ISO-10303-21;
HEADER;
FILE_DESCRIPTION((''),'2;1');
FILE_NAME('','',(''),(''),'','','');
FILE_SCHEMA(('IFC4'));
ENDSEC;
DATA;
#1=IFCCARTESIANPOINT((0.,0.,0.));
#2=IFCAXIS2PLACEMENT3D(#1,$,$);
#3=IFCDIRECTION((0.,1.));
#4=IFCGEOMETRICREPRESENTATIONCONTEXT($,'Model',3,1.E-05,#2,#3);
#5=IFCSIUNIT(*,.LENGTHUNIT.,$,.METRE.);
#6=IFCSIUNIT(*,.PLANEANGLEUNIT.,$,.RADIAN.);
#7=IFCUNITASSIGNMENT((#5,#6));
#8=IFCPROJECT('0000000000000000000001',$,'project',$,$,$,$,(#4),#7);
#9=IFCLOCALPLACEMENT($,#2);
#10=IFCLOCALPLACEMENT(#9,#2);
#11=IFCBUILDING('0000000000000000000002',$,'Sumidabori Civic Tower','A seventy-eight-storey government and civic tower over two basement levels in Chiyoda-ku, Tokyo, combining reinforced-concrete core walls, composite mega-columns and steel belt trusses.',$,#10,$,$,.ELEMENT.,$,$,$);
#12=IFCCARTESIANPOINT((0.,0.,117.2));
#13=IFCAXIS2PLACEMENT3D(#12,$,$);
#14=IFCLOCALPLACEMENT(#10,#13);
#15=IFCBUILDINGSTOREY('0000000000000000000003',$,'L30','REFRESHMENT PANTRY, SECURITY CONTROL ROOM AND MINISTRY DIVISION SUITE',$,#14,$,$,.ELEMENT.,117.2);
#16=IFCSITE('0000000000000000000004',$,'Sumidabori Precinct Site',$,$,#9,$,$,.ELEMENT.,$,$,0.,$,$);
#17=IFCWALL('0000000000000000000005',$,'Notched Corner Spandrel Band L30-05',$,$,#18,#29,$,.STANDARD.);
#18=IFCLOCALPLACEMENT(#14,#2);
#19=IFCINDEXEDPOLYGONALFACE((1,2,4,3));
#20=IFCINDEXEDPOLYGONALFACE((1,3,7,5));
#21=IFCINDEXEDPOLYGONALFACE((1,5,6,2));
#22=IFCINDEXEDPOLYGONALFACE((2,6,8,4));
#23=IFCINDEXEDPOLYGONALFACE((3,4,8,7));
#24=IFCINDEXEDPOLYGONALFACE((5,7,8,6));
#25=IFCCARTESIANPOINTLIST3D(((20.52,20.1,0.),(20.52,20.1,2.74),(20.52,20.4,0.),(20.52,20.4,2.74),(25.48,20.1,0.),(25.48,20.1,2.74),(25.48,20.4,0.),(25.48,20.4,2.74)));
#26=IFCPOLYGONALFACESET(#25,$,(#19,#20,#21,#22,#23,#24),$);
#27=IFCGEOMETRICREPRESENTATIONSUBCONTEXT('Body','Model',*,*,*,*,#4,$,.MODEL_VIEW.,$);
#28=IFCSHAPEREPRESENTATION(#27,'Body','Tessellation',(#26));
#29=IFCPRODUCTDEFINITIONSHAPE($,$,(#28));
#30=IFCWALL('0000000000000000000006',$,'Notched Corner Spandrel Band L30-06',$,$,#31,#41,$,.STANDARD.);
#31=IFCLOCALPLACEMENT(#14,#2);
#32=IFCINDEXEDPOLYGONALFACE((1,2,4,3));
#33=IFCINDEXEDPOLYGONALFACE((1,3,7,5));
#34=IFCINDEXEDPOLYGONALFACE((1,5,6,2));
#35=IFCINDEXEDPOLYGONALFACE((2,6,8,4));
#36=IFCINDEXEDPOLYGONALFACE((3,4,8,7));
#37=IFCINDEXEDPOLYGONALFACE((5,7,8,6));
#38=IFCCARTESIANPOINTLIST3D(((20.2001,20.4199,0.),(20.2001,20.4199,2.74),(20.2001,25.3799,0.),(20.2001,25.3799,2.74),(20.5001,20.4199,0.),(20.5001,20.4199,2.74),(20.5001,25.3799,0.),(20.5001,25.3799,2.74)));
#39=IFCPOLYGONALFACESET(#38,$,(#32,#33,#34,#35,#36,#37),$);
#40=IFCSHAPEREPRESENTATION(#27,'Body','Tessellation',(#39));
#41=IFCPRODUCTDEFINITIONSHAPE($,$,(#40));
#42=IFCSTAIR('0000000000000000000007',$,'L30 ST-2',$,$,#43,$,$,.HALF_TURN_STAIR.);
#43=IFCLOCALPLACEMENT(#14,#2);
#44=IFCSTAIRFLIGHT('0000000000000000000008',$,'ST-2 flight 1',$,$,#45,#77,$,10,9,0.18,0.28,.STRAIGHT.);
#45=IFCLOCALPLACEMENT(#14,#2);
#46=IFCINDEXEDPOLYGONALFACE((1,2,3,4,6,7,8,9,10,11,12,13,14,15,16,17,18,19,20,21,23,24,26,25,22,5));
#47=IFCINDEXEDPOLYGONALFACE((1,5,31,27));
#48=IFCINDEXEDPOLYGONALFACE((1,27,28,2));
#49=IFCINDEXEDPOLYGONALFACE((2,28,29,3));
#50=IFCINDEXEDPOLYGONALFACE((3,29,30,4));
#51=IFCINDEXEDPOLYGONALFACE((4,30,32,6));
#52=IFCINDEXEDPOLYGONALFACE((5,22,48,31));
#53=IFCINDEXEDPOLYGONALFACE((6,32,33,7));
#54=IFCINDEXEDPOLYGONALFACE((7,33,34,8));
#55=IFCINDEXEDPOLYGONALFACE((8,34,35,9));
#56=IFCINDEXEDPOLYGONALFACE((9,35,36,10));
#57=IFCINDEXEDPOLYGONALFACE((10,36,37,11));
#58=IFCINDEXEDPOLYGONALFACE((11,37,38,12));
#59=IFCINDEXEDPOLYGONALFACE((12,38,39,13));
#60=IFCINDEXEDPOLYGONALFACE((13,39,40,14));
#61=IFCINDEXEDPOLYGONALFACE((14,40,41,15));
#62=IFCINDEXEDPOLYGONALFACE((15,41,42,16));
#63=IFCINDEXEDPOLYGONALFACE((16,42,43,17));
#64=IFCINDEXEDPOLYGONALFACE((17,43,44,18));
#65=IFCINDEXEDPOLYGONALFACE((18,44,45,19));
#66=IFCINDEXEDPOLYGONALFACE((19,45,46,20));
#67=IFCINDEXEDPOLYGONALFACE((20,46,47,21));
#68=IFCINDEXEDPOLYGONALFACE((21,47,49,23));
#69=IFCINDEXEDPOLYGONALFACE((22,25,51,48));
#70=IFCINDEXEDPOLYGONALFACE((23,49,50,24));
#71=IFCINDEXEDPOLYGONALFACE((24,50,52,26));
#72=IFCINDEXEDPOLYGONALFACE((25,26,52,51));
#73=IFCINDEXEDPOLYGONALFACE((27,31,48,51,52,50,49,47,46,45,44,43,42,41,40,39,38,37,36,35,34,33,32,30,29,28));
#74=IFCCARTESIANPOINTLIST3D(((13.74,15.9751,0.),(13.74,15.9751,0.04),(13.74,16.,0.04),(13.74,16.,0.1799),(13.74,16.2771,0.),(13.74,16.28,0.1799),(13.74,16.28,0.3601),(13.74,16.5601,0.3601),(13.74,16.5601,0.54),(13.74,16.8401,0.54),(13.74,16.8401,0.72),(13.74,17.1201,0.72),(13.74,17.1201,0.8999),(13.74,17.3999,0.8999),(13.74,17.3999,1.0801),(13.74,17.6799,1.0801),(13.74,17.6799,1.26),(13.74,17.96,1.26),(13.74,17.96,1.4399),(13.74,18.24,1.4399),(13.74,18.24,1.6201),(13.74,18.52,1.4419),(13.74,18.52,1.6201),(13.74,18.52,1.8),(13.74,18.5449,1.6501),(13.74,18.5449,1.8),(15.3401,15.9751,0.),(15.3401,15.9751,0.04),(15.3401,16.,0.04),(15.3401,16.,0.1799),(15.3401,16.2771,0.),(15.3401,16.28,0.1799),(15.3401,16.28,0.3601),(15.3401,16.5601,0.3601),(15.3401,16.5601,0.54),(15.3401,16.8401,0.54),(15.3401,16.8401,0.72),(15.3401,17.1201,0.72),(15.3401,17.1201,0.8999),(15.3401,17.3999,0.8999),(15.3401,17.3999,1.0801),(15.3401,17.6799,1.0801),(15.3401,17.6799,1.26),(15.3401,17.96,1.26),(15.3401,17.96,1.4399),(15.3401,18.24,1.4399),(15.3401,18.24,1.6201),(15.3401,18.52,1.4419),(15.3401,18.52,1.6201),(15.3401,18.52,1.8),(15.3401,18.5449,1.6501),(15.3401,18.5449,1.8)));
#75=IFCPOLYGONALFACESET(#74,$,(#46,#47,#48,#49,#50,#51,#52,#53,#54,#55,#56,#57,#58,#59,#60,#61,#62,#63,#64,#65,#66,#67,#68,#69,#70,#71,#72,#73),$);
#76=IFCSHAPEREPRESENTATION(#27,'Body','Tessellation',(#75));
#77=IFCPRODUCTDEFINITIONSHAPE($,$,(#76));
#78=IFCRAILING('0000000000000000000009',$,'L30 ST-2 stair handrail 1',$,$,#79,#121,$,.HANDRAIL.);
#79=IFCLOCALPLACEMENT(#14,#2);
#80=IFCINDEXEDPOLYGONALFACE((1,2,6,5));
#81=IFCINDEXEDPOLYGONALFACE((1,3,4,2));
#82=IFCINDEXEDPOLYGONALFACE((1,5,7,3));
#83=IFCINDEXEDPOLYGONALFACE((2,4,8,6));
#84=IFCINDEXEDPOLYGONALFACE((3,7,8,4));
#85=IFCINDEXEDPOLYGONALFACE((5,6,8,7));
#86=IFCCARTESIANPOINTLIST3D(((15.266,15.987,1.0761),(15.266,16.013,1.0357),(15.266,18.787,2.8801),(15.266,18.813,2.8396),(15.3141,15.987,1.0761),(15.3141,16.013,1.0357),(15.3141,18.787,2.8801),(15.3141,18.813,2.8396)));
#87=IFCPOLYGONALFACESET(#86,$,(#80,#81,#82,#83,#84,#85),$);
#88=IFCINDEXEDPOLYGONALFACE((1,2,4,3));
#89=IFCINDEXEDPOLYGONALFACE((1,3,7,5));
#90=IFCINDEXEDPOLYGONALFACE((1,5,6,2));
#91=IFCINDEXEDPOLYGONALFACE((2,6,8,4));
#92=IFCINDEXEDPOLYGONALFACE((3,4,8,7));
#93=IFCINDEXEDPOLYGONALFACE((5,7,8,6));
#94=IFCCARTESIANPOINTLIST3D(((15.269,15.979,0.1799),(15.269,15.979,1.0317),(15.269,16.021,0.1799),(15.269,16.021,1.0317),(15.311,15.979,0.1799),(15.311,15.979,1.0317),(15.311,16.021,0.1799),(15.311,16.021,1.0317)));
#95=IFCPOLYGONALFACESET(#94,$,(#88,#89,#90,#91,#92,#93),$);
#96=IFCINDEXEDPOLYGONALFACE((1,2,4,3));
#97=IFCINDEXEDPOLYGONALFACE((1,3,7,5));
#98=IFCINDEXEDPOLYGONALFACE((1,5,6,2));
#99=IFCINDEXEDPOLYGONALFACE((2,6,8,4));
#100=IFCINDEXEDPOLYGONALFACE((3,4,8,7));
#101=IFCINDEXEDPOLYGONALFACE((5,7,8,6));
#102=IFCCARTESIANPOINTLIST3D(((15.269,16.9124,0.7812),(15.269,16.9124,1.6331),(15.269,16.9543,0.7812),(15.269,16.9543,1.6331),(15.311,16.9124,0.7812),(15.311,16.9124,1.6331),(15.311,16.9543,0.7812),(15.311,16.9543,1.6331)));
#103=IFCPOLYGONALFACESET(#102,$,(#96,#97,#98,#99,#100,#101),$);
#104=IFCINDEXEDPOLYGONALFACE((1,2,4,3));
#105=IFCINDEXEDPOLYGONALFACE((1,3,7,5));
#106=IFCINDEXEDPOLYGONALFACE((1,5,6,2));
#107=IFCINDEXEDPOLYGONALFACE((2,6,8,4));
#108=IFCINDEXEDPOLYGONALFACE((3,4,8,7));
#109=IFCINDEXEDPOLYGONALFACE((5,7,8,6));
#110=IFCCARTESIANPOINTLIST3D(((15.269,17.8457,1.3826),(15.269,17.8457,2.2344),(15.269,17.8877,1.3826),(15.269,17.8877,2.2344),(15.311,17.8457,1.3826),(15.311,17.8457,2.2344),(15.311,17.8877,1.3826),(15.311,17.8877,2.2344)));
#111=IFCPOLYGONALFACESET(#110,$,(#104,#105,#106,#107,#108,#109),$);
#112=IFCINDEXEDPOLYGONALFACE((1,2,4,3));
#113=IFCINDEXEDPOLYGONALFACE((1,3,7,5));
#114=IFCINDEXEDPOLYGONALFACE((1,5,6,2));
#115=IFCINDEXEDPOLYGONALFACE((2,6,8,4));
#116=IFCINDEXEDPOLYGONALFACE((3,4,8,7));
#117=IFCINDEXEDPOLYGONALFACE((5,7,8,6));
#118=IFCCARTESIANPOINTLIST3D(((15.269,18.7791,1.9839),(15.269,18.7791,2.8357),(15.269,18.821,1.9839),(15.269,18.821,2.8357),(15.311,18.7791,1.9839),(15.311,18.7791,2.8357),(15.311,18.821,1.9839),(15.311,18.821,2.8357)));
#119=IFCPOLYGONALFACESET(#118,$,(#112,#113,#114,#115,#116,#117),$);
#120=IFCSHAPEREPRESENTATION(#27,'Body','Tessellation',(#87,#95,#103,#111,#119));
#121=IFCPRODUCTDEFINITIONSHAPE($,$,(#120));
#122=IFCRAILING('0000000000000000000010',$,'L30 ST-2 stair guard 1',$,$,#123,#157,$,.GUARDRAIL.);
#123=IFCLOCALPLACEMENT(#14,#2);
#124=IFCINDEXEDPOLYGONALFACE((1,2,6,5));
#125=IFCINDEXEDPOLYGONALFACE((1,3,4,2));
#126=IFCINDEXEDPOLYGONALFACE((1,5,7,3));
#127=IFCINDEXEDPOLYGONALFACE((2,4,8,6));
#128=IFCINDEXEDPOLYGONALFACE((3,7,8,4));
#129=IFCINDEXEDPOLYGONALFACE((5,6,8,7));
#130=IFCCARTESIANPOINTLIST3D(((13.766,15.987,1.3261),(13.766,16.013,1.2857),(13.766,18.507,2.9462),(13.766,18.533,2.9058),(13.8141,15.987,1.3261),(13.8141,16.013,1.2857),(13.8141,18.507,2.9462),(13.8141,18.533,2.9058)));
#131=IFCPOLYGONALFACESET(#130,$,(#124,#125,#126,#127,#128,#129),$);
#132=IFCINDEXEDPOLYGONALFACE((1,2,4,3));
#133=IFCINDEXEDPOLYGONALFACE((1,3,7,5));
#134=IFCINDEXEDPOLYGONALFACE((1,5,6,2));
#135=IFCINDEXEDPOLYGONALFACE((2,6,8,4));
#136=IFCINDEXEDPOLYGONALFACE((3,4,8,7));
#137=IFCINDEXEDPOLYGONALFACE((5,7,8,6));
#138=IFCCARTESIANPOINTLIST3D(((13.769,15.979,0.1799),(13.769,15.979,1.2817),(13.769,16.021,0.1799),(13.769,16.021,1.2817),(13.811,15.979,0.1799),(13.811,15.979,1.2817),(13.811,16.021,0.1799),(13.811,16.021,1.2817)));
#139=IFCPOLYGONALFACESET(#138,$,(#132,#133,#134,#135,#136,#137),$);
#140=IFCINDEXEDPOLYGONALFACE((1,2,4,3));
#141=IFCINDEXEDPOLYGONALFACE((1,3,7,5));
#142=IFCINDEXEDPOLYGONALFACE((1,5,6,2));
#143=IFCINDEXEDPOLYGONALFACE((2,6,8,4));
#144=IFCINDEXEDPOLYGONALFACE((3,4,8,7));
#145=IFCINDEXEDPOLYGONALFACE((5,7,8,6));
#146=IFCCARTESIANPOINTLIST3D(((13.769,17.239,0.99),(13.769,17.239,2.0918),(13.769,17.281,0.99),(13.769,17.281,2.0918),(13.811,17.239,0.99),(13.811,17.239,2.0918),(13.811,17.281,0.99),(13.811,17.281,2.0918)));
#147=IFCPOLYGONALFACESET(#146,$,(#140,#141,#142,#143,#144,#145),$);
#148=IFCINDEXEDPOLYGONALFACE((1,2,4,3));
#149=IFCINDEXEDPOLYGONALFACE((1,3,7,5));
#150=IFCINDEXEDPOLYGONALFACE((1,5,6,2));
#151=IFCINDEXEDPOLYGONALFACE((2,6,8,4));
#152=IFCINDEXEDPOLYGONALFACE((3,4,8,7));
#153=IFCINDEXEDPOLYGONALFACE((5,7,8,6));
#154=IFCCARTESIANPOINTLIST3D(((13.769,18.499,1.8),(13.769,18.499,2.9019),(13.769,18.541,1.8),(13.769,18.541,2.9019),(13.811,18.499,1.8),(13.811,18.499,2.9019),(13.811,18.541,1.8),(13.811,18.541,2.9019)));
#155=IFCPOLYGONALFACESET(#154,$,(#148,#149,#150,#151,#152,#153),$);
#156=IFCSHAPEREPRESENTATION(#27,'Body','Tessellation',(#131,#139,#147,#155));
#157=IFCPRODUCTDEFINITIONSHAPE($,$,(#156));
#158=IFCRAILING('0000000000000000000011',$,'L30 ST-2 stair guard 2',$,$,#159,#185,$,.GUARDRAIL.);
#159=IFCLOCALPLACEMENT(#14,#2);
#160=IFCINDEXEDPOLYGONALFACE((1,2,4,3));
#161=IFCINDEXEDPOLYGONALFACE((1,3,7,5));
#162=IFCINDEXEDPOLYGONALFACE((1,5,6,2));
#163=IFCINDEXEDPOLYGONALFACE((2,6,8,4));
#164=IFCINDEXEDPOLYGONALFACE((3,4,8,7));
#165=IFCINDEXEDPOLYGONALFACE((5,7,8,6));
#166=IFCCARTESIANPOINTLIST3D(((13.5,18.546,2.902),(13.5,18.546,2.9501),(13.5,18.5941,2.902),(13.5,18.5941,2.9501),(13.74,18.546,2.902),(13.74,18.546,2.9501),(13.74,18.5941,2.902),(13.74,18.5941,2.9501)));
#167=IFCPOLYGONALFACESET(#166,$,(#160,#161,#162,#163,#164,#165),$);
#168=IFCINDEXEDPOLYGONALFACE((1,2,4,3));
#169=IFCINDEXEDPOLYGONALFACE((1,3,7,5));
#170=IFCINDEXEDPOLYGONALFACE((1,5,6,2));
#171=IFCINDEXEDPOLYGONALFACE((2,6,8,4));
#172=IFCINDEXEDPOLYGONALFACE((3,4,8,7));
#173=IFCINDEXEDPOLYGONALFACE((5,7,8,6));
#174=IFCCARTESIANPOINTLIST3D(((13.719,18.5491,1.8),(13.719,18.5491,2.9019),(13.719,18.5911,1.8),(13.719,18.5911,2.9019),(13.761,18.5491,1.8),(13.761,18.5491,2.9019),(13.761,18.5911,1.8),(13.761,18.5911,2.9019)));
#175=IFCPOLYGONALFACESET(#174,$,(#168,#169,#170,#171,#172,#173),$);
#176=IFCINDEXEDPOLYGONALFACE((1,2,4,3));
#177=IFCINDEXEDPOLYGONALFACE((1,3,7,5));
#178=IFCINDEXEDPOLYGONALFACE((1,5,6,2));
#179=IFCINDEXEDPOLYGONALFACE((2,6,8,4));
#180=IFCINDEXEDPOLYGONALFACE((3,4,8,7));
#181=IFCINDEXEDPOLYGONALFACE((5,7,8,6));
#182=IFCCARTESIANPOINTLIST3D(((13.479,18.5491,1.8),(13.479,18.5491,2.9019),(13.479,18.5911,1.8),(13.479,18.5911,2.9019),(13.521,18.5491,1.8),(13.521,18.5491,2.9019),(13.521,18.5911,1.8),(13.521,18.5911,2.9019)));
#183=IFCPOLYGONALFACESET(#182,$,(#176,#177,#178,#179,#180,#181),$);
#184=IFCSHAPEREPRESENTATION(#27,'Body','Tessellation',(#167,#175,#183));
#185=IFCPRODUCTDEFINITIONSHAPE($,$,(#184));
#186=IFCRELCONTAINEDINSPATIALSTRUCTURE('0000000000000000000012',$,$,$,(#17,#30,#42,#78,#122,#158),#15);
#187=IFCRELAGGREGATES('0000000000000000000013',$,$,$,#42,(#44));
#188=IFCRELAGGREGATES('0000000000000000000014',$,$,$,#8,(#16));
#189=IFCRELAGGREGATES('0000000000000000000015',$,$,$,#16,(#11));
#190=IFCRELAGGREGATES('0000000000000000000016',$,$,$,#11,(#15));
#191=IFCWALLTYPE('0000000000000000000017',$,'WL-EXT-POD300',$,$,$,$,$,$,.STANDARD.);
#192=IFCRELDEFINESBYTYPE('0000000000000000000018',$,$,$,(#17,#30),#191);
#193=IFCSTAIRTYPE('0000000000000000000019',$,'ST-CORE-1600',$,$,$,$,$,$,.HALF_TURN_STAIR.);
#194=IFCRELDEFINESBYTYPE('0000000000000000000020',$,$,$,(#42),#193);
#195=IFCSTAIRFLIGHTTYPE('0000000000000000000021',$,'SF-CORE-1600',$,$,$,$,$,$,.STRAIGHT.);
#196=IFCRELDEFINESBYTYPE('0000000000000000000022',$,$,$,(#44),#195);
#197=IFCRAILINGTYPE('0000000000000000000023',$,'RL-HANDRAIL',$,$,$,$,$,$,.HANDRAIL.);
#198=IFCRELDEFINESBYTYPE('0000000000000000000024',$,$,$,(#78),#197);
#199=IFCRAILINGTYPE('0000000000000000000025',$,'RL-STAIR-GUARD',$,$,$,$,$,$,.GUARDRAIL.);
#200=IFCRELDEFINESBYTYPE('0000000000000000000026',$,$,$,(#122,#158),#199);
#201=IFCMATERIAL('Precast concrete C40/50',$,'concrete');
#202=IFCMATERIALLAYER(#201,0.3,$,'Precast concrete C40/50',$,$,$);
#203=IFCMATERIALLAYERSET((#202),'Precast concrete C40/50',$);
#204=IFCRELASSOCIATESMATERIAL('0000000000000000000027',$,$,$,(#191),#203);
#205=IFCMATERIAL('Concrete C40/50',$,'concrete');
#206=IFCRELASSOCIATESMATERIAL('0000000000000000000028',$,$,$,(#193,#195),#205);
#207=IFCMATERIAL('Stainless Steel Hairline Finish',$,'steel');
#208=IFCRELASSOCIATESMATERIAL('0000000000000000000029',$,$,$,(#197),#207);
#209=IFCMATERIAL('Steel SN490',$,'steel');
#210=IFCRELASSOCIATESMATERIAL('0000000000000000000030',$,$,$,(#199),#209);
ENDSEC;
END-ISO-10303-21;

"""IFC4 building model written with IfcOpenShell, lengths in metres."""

from ifc_helpers import new_model, si_unit, direction, frame, frame_2d, origin, origin_2d, place, context, subcontext, project, spatial, polyline, rectangle, outline, extrude, source, transform, mapped, material, layer, layer_set, type_object, element, aggregate, save


model = new_model("IFC4")

# Units and contexts
model_context = context("Model", 3, precision=1e-05, world=origin(), true_north=direction((0.0, 1.0)))
body_context = subcontext(model_context, "Body", "Model", "MODEL_VIEW")
ifc_project = project(units=[si_unit("LENGTHUNIT", "METRE"), si_unit("PLANEANGLEUNIT", "RADIAN")], contexts=[model_context])

# Site, building, storey
site_placement = place(None, origin())
site = spatial("IfcSite", under=ifc_project, at=site_placement, Name="Sumidabori Precinct Site", CompositionType="ELEMENT", RefElevation=0.0)
building_placement = place(site_placement, origin())
building = spatial("IfcBuilding", under=site, at=building_placement, Name="Sumidabori Civic Tower", Description="A seventy-eight-storey government and civic tower over two basement levels in Chiyoda-ku, Tokyo, combining reinforced-concrete core walls, composite mega-columns and steel belt trusses.", CompositionType="ELEMENT")
storey_placement = place(building_placement, frame((0.0, 0.0, 117.2)))
storey = spatial("IfcBuildingStorey", under=building, at=storey_placement, Name="L30", Description="REFRESHMENT PANTRY, SECURITY CONTROL ROOM AND MINISTRY DIVISION SUITE", CompositionType="ELEMENT", Elevation=117.2)

# Walls
ifc_material_1 = material(Name="Precast concrete C40/50", Category="concrete")
ifc_layer_1 = layer(ifc_material_1, 0.3, Name="Precast concrete C40/50")
ifc_layer_set_1 = layer_set([ifc_layer_1], Name="Precast concrete C40/50")
wall_type = type_object("IfcWallType", Name="WL-EXT-POD300", PredefinedType="STANDARD", material=ifc_layer_set_1)
shared_shape_1 = source(origin(), body_context, "Body", "SweptSolid", [
    extrude(rectangle(XDim=4.96, YDim=0.3, at=frame_2d((2.48, 0.0))), origin(), (0.0, 0.0, 1.0), 2.74),
])
for number, where, z_axis, x_axis, name in (
    (1, (25.48, 20.25, 0.0), (0.0, 0.0, 1.0), (-1.0, 0.0, 0.0), "Notched Corner Spandrel Band L30-05"),
    (2, (20.3501, 20.4199, 0.0), (0.0, 0.0, 1.0), (0.0, 1.0, 0.0), "Notched Corner Spandrel Band L30-06"),
):
    element("IfcWall", number, at=place(storey_placement, frame(where, z_axis=z_axis, x_axis=x_axis)), inside=storey, type_object=wall_type, Name=name, PredefinedType="STANDARD", context=body_context, shape_type="MappedRepresentation", body=[
        mapped(shared_shape_1, transform((0.0, 0.0, 0.0), x_axis=(1.0, 0.0, 0.0), y_axis=(0.0, 1.0, 0.0), z_axis=(0.0, 0.0, 1.0), scale=1.0)),
    ])

# Stair, stair flight
ifc_material_2 = material(Name="Concrete C40/50", Category="concrete")
stair_type = type_object("IfcStairType", Name="ST-CORE-1600", PredefinedType="HALF_TURN_STAIR", material=ifc_material_2)
stair_placement = place(storey_placement, origin())
stair = element("IfcStair", 3, at=stair_placement, inside=storey, type_object=stair_type, Name="L30 ST-2", PredefinedType="HALF_TURN_STAIR")
stair_flight_type = type_object("IfcStairFlightType", Name="SF-CORE-1600", PredefinedType="STRAIGHT", material=ifc_material_2)
shared_shape_2 = source(origin(), body_context, "Body", "SweptSolid", [
    extrude(outline(polyline([(-0.0249, 0.0), (-0.0249, 0.04), (0.0, 0.04), (0.0, 0.1799), (0.28, 0.1799), (0.28, 0.3601), (0.5601, 0.3601), (0.5601, 0.54), (0.8401, 0.54), (0.8401, 0.72), (1.1201, 0.72), (1.1201, 0.8999), (1.3999, 0.8999), (1.3999, 1.0801), (1.6799, 1.0801), (1.6799, 1.26), (1.96, 1.26), (1.96, 1.4399), (2.24, 1.4399), (2.24, 1.6201), (2.52, 1.6201), (2.52, 1.8), (2.5449, 1.8), (2.5449, 1.6501), (2.52, 1.4419), (0.2771, 0.0), (-0.0249, 0.0)])), frame((0.0, 0.8, 0.0), z_axis=(0.0, -1.0, 0.0), x_axis=(1.0, 0.0, 0.0)), (0.0, 0.0, 1.0), 1.6001),
])
stair_flight_placement = place(storey_placement, frame((14.54, 16.0, 0.0), z_axis=(0.0, 0.0, 1.0), x_axis=(0.0, 1.0, 0.0)))
stair_flight = element("IfcStairFlight", 4, at=stair_flight_placement, type_object=stair_flight_type, Name="ST-2 flight 1", NumberOfRisers=10, NumberOfTreads=9, PredefinedType="STRAIGHT", RiserHeight=0.18, TreadLength=0.28, context=body_context, shape_type="MappedRepresentation", body=[
    mapped(shared_shape_2, transform((0.0, 0.0, 0.0), x_axis=(1.0, 0.0, 0.0), y_axis=(0.0, 1.0, 0.0), z_axis=(0.0, 0.0, 1.0), scale=1.0)),
])
aggregate(stair, [stair_flight])

# Railings
ifc_material_3 = material(Name="Stainless Steel Hairline Finish", Category="steel")
railing_type_1 = type_object("IfcRailingType", Name="RL-HANDRAIL", PredefinedType="HANDRAIL", material=ifc_material_3)
railing_1_placement = place(storey_placement, frame((15.29, 16.0, 0.1799)))
element("IfcRailing", 5, at=railing_1_placement, inside=storey, type_object=railing_type_1, Name="L30 ST-2 stair handrail 1", PredefinedType="HANDRAIL", context=body_context, shape_type="SweptSolid", body=[
    extrude(rectangle(XDim=0.0481, YDim=0.0481, at=origin_2d()), frame((0.0, 0.0, 0.876), z_axis=(0.0, 0.840642, 0.541591), x_axis=(-1.0, 0.0, 0.0)), (0.0, 0.0, 1.0), 3.3308),
    extrude(rectangle(XDim=0.042, YDim=0.042, at=origin_2d()), origin(), (0.0, 0.0, 1.0), 0.8518),
    extrude(rectangle(XDim=0.042, YDim=0.042, at=origin_2d()), frame((0.0, 0.9333, 0.6013)), (0.0, 0.0, 1.0), 0.8518),
    extrude(rectangle(XDim=0.042, YDim=0.042, at=origin_2d()), frame((0.0, 1.8667, 1.2026)), (0.0, 0.0, 1.0), 0.8518),
    extrude(rectangle(XDim=0.042, YDim=0.042, at=origin_2d()), frame((0.0, 2.8, 1.804)), (0.0, 0.0, 1.0), 0.8518),
])
ifc_material_4 = material(Name="Steel SN490", Category="steel")
railing_type_2 = type_object("IfcRailingType", Name="RL-STAIR-GUARD", PredefinedType="GUARDRAIL", material=ifc_material_4)
railing_2_placement = place(storey_placement, frame((13.79, 16.0, 0.1799)))
element("IfcRailing", 6, at=railing_2_placement, inside=storey, type_object=railing_type_2, Name="L30 ST-2 stair guard 1", PredefinedType="GUARDRAIL", context=body_context, shape_type="SweptSolid", body=[
    extrude(rectangle(XDim=0.0481, YDim=0.0481, at=origin_2d()), frame((0.0, 0.0, 1.126), z_axis=(0.0, 0.841163, 0.540782), x_axis=(-1.0, 0.0, 0.0)), (0.0, 0.0, 1.0), 2.9958),
    extrude(rectangle(XDim=0.042, YDim=0.042, at=origin_2d()), origin(), (0.0, 0.0, 1.0), 1.1018),
    extrude(rectangle(XDim=0.042, YDim=0.042, at=origin_2d()), frame((0.0, 1.26, 0.8101)), (0.0, 0.0, 1.0), 1.1018),
    extrude(rectangle(XDim=0.042, YDim=0.042, at=origin_2d()), frame((0.0, 2.52, 1.6201)), (0.0, 0.0, 1.0), 1.1018),
])
railing_3_placement = place(storey_placement, frame((13.74, 18.5701, 1.8)))
element("IfcRailing", 7, at=railing_3_placement, inside=storey, type_object=railing_type_2, Name="L30 ST-2 stair guard 2", PredefinedType="GUARDRAIL", context=body_context, shape_type="SweptSolid", body=[
    extrude(rectangle(XDim=0.0481, YDim=0.0481, at=origin_2d()), frame((0.0, 0.0, 1.126), z_axis=(-1.0, 0.0, 0.0), x_axis=(0.0, -1.0, 0.0)), (0.0, 0.0, 1.0), 0.24),
    extrude(rectangle(XDim=0.042, YDim=0.042, at=origin_2d()), origin(), (0.0, 0.0, 1.0), 1.1018),
    extrude(rectangle(XDim=0.042, YDim=0.042, at=origin_2d()), frame((-0.24, 0.0, 0.0)), (0.0, 0.0, 1.0), 1.1018),
])

save(model, "model.ifc")
